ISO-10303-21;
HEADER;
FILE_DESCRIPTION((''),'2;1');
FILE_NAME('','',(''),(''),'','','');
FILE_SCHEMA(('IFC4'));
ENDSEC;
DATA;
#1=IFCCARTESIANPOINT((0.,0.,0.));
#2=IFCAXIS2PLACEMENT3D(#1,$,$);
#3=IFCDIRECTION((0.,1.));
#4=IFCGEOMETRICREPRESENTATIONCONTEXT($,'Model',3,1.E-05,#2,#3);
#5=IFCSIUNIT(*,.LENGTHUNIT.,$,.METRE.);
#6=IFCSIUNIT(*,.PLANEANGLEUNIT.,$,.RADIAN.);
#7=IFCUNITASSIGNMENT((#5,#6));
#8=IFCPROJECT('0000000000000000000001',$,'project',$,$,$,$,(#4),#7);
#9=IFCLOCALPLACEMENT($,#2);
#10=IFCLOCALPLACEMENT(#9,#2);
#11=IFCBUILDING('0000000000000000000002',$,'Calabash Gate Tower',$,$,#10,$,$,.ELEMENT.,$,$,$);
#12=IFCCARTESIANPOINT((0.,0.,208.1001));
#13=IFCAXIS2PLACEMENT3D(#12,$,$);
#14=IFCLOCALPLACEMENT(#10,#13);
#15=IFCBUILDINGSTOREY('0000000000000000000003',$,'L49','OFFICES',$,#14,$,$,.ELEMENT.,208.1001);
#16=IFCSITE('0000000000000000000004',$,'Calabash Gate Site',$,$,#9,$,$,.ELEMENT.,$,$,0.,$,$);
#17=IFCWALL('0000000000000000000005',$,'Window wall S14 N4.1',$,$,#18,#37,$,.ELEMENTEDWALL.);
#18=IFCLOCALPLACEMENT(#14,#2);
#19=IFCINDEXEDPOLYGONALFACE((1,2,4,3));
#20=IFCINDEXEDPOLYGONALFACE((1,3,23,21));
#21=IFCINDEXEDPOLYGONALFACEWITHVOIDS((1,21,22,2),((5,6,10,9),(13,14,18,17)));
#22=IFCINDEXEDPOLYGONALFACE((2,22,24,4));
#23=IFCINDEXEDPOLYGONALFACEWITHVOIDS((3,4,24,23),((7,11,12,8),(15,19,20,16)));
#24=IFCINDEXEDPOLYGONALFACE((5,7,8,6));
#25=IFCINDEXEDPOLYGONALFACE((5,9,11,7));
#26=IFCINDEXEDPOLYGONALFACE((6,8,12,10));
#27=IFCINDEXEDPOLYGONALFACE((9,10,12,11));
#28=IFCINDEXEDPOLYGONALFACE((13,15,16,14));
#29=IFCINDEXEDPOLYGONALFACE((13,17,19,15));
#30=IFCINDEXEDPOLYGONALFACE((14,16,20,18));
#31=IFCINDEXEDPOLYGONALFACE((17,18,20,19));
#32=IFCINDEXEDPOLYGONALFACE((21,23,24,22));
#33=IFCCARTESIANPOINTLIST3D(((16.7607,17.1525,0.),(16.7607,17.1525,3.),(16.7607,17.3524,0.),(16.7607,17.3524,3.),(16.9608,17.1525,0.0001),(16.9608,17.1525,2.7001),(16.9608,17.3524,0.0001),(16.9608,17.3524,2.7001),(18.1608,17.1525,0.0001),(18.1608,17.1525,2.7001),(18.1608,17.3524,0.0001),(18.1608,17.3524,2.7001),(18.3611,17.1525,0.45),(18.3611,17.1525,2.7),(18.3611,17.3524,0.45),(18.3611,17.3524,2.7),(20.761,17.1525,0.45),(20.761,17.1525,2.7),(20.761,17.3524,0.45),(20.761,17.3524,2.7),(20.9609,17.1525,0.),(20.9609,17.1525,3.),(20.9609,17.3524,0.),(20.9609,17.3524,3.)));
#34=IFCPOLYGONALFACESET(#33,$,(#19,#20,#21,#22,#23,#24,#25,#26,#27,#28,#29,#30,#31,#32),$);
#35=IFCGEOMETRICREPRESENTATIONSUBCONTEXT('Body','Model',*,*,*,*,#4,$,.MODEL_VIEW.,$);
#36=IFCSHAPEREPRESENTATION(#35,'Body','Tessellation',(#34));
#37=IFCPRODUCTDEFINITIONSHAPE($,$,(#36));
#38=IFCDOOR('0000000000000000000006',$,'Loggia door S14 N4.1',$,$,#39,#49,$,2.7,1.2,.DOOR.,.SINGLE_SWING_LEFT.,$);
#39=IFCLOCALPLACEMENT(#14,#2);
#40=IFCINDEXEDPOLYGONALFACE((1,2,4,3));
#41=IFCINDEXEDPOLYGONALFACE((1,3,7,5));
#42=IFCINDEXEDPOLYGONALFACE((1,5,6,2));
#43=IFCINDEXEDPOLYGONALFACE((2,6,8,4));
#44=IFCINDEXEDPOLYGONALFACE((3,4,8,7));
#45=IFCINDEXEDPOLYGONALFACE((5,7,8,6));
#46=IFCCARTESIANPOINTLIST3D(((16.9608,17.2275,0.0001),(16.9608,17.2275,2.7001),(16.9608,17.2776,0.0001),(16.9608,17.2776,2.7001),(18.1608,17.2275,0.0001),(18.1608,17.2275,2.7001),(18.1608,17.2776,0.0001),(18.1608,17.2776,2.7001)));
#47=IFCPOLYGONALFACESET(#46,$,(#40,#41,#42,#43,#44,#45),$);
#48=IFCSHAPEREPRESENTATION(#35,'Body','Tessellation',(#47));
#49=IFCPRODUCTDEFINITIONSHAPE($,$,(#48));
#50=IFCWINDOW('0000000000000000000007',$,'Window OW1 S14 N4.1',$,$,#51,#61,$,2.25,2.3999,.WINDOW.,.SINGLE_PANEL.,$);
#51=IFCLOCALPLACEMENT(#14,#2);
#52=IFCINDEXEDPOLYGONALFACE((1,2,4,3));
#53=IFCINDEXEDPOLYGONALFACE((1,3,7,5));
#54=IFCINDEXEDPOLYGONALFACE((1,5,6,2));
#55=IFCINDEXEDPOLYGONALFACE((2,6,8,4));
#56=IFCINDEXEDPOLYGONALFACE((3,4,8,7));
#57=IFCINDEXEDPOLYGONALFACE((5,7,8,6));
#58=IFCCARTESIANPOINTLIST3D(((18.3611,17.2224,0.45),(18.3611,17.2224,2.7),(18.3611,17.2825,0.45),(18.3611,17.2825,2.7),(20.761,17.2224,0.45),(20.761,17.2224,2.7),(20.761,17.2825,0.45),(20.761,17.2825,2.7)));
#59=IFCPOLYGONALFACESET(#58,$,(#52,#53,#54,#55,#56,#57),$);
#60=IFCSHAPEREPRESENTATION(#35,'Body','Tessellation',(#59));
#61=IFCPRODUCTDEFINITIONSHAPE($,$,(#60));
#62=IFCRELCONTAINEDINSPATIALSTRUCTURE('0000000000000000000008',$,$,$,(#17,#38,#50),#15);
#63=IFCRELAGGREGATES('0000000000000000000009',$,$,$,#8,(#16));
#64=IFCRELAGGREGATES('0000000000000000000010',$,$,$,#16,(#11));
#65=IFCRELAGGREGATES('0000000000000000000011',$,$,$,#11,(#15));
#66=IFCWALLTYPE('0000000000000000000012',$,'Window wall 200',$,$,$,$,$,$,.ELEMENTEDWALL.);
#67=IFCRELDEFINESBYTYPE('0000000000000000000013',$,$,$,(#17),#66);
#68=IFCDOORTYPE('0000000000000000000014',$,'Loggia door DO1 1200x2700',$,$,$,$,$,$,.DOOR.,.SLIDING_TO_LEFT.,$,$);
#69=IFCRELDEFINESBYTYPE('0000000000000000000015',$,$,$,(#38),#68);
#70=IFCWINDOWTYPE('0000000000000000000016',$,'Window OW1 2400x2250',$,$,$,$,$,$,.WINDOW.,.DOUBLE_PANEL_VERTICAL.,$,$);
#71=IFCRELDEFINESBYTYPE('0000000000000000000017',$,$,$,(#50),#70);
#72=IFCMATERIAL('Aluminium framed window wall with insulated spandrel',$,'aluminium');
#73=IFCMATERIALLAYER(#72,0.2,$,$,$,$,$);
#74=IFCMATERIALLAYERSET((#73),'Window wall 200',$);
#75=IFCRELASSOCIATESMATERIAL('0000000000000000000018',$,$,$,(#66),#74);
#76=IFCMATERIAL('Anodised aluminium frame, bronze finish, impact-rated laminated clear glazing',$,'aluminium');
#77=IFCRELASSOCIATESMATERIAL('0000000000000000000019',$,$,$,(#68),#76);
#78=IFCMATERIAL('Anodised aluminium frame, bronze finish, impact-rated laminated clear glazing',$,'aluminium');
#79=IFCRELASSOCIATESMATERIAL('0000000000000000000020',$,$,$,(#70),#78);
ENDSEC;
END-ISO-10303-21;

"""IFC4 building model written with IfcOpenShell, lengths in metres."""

from ifc_helpers import new_model, si_unit, direction, frame, frame_2d, origin, place, context, subcontext, project, spatial, rectangle, extrude, material, layer, layer_set, type_object, element, fill, save


model = new_model("IFC4")

# Units and contexts
model_context = context("Model", 3, precision=1e-05, world=origin(), true_north=direction((0.0, 1.0)))
body_context = subcontext(model_context, "Body", "Model", "MODEL_VIEW")
ifc_project = project(units=[si_unit("LENGTHUNIT", "METRE"), si_unit("PLANEANGLEUNIT", "RADIAN")], contexts=[model_context])

# Site, building, storey
site_placement = place(None, origin())
site = spatial("IfcSite", under=ifc_project, at=site_placement, Name="Calabash Gate Site", CompositionType="ELEMENT", RefElevation=0.0)
building_placement = place(site_placement, origin())
building = spatial("IfcBuilding", under=site, at=building_placement, Name="Calabash Gate Tower", CompositionType="ELEMENT")
storey_placement = place(building_placement, frame((0.0, 0.0, 208.1001)))
storey = spatial("IfcBuildingStorey", under=building, at=storey_placement, Name="L49", Description="OFFICES", CompositionType="ELEMENT", Elevation=208.1001)

# Wall, openings, door, window
ifc_material_1 = material(Name="Aluminium framed window wall with insulated spandrel", Category="aluminium")
ifc_layer_1 = layer(ifc_material_1, 0.2)
ifc_layer_set_1 = layer_set([ifc_layer_1], Name="Window wall 200")
wall_type_1 = type_object("IfcWallType", Name="Window wall 200", PredefinedType="ELEMENTEDWALL", material=ifc_layer_set_1)
ifc_material_2 = material(Name="Anodised aluminium frame, bronze finish, impact-rated laminated clear glazing", Category="aluminium")
door_type_1 = type_object("IfcDoorType", Name="Loggia door DO1 1200x2700", OperationType="SLIDING_TO_LEFT", PredefinedType="DOOR", material=ifc_material_2)
ifc_material_3 = material(Name="Anodised aluminium frame, bronze finish, impact-rated laminated clear glazing", Category="aluminium")
window_type = type_object("IfcWindowType", Name="Window OW1 2400x2250", PartitioningType="DOUBLE_PANEL_VERTICAL", PredefinedType="WINDOW", material=ifc_material_3)
wall_1_placement = place(storey_placement, frame((20.9609, 17.2524, 0.0), z_axis=(0.0, 0.0, 1.0), x_axis=(-1.0, 0.0, 0.0)))
wall_1 = element("IfcWall", 1, at=wall_1_placement, inside=storey, type_object=wall_type_1, Name="Window wall S14 N4.1", PredefinedType="ELEMENTEDWALL", context=body_context, shape_type="SweptSolid", body=[
    extrude(rectangle(XDim=4.2002, YDim=0.2, at=frame_2d((2.1001, 0.0))), origin(), (0.0, 0.0, 1.0), 3.0),
])
opening_1_placement = place(wall_1_placement, frame((0.2, 0.0, 0.45)))
opening_1 = element("IfcOpeningElement", 2, at=opening_1_placement, cuts=wall_1, PredefinedType="OPENING", context=body_context, shape_type="SweptSolid", body=[
    extrude(rectangle(XDim=2.3999, YDim=2.25, at=frame_2d((1.2, 1.125))), frame((0.0, 0.1099, 0.0), z_axis=(0.0, -1.0, 0.0), x_axis=(1.0, 0.0, 0.0)), (0.0, 0.0, 1.0), 0.22),
])
opening_2_placement = place(wall_1_placement, frame((2.8, 0.0, 0.0)))
opening_2 = element("IfcOpeningElement", 3, at=opening_2_placement, cuts=wall_1, PredefinedType="OPENING", context=body_context, shape_type="SweptSolid", body=[
    extrude(rectangle(XDim=1.2, YDim=2.7, at=frame_2d((0.6001, 1.3501))), frame((0.0, 0.1099, 0.0), z_axis=(0.0, -1.0, 0.0), x_axis=(1.0, 0.0, 0.0)), (0.0, 0.0, 1.0), 0.22),
])
door_1_placement = place(opening_2_placement, origin())
door_1 = element("IfcDoor", 4, at=door_1_placement, inside=storey, type_object=door_type_1, Name="Loggia door S14 N4.1", OperationType="SINGLE_SWING_LEFT", OverallHeight=2.7, OverallWidth=1.2, PredefinedType="DOOR", context=body_context, shape_type="SweptSolid", body=[
    extrude(rectangle(XDim=1.2, YDim=2.7, at=frame_2d((0.6001, 1.3501))), frame((0.0, 0.0249, 0.0), z_axis=(0.0, -1.0, 0.0), x_axis=(1.0, 0.0, 0.0)), (0.0, 0.0, 1.0), 0.05),
])
fill(opening_2, door_1)
window_1_placement = place(opening_1_placement, origin())
window_1 = element("IfcWindow", 5, at=window_1_placement, inside=storey, type_object=window_type, Name="Window OW1 S14 N4.1", OverallHeight=2.25, OverallWidth=2.3999, PartitioningType="SINGLE_PANEL", PredefinedType="WINDOW", context=body_context, shape_type="SweptSolid", body=[
    extrude(rectangle(XDim=2.3999, YDim=2.25, at=frame_2d((1.2, 1.125))), frame((0.0, 0.03, 0.0), z_axis=(0.0, -1.0, 0.0), x_axis=(1.0, 0.0, 0.0)), (0.0, 0.0, 1.0), 0.0601),
])
fill(opening_1, window_1)

save(model, "model.ifc")
